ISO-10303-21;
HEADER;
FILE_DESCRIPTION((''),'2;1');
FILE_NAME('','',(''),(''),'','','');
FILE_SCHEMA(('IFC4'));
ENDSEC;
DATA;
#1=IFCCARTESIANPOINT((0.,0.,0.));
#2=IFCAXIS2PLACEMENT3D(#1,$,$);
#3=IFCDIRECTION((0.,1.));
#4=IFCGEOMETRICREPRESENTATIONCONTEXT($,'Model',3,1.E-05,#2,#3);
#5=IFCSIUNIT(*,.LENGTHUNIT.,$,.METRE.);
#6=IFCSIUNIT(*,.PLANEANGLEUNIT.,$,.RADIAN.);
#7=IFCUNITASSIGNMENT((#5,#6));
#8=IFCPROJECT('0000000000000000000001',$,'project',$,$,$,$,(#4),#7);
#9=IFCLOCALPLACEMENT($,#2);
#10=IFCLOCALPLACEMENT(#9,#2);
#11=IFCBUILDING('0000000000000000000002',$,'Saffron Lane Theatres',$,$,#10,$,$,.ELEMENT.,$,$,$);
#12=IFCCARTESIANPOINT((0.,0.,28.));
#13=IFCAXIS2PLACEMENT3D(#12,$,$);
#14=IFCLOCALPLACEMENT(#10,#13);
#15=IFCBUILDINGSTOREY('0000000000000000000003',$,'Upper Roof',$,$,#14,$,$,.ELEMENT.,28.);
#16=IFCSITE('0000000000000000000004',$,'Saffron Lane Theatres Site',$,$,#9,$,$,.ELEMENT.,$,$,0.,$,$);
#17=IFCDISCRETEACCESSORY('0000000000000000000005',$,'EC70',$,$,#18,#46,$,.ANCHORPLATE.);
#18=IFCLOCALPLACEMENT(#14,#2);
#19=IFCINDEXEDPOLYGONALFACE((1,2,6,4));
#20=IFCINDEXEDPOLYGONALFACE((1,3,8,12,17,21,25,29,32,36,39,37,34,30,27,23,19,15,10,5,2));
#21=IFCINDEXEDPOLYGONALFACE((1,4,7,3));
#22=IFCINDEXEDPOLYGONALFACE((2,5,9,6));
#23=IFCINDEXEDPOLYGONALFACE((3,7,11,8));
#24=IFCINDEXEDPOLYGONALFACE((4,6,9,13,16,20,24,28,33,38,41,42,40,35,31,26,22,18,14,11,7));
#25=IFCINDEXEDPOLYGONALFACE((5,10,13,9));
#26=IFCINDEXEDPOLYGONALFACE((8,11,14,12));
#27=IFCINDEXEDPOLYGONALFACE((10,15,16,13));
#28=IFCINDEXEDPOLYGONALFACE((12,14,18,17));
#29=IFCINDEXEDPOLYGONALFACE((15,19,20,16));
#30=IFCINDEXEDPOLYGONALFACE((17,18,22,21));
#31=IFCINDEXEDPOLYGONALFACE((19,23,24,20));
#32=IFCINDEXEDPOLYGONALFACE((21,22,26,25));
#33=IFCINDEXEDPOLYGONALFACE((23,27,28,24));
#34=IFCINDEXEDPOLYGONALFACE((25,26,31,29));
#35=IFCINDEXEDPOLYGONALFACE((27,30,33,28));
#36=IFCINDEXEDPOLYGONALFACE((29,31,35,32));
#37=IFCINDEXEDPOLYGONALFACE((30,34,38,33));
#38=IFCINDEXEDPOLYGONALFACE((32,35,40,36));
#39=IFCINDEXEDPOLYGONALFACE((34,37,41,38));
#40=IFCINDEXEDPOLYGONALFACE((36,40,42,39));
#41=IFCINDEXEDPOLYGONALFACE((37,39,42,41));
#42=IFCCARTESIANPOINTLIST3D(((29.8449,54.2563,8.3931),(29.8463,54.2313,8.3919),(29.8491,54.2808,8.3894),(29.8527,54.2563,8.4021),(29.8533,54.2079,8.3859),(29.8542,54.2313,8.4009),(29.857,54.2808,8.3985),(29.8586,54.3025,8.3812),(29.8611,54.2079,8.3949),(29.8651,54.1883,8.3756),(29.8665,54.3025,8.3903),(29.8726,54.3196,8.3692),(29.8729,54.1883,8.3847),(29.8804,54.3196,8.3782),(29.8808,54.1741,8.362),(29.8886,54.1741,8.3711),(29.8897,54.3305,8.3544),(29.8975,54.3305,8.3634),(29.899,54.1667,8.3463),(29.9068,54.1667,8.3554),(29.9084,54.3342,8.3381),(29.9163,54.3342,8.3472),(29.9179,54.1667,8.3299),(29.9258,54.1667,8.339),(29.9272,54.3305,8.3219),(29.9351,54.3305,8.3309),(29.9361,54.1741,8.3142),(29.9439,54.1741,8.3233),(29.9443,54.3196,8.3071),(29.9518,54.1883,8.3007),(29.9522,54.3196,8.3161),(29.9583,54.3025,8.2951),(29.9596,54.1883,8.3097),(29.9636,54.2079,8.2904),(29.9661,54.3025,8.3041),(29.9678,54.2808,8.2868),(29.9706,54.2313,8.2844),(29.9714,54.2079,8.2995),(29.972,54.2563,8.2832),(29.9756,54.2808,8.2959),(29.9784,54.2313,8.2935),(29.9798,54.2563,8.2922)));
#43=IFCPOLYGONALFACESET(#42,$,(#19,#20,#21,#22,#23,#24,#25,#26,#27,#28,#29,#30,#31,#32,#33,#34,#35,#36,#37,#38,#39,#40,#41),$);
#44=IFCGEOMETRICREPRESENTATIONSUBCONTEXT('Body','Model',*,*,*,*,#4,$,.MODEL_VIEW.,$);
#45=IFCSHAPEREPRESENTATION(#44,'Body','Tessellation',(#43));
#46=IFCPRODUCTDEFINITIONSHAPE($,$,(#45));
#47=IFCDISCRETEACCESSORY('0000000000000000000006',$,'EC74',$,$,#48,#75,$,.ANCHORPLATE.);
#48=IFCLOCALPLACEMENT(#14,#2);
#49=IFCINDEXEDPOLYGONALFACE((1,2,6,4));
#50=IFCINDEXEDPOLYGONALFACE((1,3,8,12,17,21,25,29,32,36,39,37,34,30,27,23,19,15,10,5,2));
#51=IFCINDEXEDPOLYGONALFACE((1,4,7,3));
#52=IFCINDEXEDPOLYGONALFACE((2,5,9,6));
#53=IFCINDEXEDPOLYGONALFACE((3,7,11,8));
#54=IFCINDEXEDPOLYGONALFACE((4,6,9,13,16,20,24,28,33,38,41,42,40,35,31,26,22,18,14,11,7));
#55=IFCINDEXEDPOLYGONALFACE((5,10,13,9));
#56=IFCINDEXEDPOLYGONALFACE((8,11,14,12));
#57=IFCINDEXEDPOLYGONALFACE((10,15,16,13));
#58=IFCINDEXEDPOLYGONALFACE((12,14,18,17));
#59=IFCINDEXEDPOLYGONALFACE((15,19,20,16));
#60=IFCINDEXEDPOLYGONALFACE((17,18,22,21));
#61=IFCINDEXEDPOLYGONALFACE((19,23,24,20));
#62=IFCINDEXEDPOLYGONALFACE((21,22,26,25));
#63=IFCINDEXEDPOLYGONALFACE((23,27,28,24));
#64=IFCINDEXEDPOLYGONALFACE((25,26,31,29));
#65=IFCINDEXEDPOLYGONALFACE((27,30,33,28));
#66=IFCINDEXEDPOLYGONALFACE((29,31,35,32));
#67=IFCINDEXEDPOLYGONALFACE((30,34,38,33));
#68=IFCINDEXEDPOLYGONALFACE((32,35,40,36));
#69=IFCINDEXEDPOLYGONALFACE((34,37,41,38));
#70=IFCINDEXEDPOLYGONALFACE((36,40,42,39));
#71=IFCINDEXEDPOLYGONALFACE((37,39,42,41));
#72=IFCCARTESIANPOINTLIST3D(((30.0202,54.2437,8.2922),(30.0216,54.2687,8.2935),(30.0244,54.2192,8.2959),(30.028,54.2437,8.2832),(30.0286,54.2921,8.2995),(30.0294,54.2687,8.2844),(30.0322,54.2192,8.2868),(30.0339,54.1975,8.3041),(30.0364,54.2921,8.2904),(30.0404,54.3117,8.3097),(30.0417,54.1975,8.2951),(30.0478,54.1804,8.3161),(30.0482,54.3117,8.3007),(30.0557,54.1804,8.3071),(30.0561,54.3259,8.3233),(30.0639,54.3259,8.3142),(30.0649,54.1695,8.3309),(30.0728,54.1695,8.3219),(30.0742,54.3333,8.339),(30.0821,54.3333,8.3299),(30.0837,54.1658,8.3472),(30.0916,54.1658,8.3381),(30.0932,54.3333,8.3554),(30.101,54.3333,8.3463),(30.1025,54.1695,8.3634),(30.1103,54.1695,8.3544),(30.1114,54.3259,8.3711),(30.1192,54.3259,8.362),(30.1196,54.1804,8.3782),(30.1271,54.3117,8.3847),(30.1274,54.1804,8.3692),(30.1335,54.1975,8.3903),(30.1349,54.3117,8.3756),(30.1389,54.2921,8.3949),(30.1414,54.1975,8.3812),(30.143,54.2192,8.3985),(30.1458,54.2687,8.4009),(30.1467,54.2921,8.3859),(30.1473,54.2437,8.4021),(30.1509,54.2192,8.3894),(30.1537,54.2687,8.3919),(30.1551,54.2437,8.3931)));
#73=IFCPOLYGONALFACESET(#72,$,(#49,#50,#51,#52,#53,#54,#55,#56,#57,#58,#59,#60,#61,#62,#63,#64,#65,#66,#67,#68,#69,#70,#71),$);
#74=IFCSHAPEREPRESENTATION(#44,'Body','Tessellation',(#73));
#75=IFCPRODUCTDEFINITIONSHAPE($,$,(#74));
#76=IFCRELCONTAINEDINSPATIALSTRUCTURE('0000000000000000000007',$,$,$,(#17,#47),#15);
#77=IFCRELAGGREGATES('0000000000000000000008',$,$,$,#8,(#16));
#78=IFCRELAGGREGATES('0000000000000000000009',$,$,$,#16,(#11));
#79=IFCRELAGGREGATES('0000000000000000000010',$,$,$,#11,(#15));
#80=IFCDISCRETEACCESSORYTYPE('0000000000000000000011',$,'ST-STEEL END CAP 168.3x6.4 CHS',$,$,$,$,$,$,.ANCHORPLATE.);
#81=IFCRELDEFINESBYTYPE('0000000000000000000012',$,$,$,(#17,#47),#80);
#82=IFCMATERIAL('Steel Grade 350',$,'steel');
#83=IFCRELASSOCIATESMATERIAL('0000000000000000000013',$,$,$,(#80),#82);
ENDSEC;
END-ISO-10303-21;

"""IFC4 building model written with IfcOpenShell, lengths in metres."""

from ifc_helpers import new_model, si_unit, direction, frame, origin, origin_2d, place, context, subcontext, project, spatial, circle, extrude, material, material_profile, profile_set, type_object, element, save


model = new_model("IFC4")

# Units and contexts
model_context = context("Model", 3, precision=1e-05, world=origin(), true_north=direction((0.0, 1.0)))
body_context = subcontext(model_context, "Body", "Model", "MODEL_VIEW")
ifc_project = project(units=[si_unit("LENGTHUNIT", "METRE"), si_unit("PLANEANGLEUNIT", "RADIAN")], contexts=[model_context])

# Site, building, storey
site_placement = place(None, origin())
site = spatial("IfcSite", under=ifc_project, at=site_placement, Name="Saffron Lane Theatres Site", CompositionType="ELEMENT", RefElevation=0.0)
building_placement = place(site_placement, origin())
building = spatial("IfcBuilding", under=site, at=building_placement, Name="Saffron Lane Theatres", CompositionType="ELEMENT")
storey_placement = place(building_placement, frame((0.0, 0.0, 28.0)))
storey = spatial("IfcBuildingStorey", under=building, at=storey_placement, Name="Upper Roof", CompositionType="ELEMENT", Elevation=28.0)

# Discrete accessories
ifc_material_1 = material(Name="Steel Grade 350", Category="steel")
ifc_material_profile_1 = material_profile(ifc_material_1, circle(Radius=0.0842, at=origin_2d()))
ifc_profile_set_1 = profile_set([ifc_material_profile_1], Name="Steel Grade 350")
discrete_accessory_type_1 = type_object("IfcDiscreteAccessoryType", Name="ST-STEEL END CAP 168.3x6.4 CHS", PredefinedType="ANCHORPLATE", material=ifc_profile_set_1)
for number, where, z_axis, x_axis, name in (
    (1, (29.9084, 54.25, 8.3381), (0.654152, 0.0, 0.756363), (0.0, 1.0, 0.0), "EC70"),
    (2, (30.0916, 54.25, 8.3381), (-0.654152, 0.0, 0.756363), (0.0, -1.0, 0.0), "EC74"),
):
    element("IfcDiscreteAccessory", number, at=place(storey_placement, frame(where, z_axis=z_axis, x_axis=x_axis)), inside=storey, type_object=discrete_accessory_type_1, Name=name, PredefinedType="ANCHORPLATE", context=body_context, shape_type="SweptSolid", body=[
        extrude(circle(Radius=0.0842, at=origin_2d()), origin(), (0.0, 0.0, 1.0), 0.012),
    ])

save(model, "model.ifc")
